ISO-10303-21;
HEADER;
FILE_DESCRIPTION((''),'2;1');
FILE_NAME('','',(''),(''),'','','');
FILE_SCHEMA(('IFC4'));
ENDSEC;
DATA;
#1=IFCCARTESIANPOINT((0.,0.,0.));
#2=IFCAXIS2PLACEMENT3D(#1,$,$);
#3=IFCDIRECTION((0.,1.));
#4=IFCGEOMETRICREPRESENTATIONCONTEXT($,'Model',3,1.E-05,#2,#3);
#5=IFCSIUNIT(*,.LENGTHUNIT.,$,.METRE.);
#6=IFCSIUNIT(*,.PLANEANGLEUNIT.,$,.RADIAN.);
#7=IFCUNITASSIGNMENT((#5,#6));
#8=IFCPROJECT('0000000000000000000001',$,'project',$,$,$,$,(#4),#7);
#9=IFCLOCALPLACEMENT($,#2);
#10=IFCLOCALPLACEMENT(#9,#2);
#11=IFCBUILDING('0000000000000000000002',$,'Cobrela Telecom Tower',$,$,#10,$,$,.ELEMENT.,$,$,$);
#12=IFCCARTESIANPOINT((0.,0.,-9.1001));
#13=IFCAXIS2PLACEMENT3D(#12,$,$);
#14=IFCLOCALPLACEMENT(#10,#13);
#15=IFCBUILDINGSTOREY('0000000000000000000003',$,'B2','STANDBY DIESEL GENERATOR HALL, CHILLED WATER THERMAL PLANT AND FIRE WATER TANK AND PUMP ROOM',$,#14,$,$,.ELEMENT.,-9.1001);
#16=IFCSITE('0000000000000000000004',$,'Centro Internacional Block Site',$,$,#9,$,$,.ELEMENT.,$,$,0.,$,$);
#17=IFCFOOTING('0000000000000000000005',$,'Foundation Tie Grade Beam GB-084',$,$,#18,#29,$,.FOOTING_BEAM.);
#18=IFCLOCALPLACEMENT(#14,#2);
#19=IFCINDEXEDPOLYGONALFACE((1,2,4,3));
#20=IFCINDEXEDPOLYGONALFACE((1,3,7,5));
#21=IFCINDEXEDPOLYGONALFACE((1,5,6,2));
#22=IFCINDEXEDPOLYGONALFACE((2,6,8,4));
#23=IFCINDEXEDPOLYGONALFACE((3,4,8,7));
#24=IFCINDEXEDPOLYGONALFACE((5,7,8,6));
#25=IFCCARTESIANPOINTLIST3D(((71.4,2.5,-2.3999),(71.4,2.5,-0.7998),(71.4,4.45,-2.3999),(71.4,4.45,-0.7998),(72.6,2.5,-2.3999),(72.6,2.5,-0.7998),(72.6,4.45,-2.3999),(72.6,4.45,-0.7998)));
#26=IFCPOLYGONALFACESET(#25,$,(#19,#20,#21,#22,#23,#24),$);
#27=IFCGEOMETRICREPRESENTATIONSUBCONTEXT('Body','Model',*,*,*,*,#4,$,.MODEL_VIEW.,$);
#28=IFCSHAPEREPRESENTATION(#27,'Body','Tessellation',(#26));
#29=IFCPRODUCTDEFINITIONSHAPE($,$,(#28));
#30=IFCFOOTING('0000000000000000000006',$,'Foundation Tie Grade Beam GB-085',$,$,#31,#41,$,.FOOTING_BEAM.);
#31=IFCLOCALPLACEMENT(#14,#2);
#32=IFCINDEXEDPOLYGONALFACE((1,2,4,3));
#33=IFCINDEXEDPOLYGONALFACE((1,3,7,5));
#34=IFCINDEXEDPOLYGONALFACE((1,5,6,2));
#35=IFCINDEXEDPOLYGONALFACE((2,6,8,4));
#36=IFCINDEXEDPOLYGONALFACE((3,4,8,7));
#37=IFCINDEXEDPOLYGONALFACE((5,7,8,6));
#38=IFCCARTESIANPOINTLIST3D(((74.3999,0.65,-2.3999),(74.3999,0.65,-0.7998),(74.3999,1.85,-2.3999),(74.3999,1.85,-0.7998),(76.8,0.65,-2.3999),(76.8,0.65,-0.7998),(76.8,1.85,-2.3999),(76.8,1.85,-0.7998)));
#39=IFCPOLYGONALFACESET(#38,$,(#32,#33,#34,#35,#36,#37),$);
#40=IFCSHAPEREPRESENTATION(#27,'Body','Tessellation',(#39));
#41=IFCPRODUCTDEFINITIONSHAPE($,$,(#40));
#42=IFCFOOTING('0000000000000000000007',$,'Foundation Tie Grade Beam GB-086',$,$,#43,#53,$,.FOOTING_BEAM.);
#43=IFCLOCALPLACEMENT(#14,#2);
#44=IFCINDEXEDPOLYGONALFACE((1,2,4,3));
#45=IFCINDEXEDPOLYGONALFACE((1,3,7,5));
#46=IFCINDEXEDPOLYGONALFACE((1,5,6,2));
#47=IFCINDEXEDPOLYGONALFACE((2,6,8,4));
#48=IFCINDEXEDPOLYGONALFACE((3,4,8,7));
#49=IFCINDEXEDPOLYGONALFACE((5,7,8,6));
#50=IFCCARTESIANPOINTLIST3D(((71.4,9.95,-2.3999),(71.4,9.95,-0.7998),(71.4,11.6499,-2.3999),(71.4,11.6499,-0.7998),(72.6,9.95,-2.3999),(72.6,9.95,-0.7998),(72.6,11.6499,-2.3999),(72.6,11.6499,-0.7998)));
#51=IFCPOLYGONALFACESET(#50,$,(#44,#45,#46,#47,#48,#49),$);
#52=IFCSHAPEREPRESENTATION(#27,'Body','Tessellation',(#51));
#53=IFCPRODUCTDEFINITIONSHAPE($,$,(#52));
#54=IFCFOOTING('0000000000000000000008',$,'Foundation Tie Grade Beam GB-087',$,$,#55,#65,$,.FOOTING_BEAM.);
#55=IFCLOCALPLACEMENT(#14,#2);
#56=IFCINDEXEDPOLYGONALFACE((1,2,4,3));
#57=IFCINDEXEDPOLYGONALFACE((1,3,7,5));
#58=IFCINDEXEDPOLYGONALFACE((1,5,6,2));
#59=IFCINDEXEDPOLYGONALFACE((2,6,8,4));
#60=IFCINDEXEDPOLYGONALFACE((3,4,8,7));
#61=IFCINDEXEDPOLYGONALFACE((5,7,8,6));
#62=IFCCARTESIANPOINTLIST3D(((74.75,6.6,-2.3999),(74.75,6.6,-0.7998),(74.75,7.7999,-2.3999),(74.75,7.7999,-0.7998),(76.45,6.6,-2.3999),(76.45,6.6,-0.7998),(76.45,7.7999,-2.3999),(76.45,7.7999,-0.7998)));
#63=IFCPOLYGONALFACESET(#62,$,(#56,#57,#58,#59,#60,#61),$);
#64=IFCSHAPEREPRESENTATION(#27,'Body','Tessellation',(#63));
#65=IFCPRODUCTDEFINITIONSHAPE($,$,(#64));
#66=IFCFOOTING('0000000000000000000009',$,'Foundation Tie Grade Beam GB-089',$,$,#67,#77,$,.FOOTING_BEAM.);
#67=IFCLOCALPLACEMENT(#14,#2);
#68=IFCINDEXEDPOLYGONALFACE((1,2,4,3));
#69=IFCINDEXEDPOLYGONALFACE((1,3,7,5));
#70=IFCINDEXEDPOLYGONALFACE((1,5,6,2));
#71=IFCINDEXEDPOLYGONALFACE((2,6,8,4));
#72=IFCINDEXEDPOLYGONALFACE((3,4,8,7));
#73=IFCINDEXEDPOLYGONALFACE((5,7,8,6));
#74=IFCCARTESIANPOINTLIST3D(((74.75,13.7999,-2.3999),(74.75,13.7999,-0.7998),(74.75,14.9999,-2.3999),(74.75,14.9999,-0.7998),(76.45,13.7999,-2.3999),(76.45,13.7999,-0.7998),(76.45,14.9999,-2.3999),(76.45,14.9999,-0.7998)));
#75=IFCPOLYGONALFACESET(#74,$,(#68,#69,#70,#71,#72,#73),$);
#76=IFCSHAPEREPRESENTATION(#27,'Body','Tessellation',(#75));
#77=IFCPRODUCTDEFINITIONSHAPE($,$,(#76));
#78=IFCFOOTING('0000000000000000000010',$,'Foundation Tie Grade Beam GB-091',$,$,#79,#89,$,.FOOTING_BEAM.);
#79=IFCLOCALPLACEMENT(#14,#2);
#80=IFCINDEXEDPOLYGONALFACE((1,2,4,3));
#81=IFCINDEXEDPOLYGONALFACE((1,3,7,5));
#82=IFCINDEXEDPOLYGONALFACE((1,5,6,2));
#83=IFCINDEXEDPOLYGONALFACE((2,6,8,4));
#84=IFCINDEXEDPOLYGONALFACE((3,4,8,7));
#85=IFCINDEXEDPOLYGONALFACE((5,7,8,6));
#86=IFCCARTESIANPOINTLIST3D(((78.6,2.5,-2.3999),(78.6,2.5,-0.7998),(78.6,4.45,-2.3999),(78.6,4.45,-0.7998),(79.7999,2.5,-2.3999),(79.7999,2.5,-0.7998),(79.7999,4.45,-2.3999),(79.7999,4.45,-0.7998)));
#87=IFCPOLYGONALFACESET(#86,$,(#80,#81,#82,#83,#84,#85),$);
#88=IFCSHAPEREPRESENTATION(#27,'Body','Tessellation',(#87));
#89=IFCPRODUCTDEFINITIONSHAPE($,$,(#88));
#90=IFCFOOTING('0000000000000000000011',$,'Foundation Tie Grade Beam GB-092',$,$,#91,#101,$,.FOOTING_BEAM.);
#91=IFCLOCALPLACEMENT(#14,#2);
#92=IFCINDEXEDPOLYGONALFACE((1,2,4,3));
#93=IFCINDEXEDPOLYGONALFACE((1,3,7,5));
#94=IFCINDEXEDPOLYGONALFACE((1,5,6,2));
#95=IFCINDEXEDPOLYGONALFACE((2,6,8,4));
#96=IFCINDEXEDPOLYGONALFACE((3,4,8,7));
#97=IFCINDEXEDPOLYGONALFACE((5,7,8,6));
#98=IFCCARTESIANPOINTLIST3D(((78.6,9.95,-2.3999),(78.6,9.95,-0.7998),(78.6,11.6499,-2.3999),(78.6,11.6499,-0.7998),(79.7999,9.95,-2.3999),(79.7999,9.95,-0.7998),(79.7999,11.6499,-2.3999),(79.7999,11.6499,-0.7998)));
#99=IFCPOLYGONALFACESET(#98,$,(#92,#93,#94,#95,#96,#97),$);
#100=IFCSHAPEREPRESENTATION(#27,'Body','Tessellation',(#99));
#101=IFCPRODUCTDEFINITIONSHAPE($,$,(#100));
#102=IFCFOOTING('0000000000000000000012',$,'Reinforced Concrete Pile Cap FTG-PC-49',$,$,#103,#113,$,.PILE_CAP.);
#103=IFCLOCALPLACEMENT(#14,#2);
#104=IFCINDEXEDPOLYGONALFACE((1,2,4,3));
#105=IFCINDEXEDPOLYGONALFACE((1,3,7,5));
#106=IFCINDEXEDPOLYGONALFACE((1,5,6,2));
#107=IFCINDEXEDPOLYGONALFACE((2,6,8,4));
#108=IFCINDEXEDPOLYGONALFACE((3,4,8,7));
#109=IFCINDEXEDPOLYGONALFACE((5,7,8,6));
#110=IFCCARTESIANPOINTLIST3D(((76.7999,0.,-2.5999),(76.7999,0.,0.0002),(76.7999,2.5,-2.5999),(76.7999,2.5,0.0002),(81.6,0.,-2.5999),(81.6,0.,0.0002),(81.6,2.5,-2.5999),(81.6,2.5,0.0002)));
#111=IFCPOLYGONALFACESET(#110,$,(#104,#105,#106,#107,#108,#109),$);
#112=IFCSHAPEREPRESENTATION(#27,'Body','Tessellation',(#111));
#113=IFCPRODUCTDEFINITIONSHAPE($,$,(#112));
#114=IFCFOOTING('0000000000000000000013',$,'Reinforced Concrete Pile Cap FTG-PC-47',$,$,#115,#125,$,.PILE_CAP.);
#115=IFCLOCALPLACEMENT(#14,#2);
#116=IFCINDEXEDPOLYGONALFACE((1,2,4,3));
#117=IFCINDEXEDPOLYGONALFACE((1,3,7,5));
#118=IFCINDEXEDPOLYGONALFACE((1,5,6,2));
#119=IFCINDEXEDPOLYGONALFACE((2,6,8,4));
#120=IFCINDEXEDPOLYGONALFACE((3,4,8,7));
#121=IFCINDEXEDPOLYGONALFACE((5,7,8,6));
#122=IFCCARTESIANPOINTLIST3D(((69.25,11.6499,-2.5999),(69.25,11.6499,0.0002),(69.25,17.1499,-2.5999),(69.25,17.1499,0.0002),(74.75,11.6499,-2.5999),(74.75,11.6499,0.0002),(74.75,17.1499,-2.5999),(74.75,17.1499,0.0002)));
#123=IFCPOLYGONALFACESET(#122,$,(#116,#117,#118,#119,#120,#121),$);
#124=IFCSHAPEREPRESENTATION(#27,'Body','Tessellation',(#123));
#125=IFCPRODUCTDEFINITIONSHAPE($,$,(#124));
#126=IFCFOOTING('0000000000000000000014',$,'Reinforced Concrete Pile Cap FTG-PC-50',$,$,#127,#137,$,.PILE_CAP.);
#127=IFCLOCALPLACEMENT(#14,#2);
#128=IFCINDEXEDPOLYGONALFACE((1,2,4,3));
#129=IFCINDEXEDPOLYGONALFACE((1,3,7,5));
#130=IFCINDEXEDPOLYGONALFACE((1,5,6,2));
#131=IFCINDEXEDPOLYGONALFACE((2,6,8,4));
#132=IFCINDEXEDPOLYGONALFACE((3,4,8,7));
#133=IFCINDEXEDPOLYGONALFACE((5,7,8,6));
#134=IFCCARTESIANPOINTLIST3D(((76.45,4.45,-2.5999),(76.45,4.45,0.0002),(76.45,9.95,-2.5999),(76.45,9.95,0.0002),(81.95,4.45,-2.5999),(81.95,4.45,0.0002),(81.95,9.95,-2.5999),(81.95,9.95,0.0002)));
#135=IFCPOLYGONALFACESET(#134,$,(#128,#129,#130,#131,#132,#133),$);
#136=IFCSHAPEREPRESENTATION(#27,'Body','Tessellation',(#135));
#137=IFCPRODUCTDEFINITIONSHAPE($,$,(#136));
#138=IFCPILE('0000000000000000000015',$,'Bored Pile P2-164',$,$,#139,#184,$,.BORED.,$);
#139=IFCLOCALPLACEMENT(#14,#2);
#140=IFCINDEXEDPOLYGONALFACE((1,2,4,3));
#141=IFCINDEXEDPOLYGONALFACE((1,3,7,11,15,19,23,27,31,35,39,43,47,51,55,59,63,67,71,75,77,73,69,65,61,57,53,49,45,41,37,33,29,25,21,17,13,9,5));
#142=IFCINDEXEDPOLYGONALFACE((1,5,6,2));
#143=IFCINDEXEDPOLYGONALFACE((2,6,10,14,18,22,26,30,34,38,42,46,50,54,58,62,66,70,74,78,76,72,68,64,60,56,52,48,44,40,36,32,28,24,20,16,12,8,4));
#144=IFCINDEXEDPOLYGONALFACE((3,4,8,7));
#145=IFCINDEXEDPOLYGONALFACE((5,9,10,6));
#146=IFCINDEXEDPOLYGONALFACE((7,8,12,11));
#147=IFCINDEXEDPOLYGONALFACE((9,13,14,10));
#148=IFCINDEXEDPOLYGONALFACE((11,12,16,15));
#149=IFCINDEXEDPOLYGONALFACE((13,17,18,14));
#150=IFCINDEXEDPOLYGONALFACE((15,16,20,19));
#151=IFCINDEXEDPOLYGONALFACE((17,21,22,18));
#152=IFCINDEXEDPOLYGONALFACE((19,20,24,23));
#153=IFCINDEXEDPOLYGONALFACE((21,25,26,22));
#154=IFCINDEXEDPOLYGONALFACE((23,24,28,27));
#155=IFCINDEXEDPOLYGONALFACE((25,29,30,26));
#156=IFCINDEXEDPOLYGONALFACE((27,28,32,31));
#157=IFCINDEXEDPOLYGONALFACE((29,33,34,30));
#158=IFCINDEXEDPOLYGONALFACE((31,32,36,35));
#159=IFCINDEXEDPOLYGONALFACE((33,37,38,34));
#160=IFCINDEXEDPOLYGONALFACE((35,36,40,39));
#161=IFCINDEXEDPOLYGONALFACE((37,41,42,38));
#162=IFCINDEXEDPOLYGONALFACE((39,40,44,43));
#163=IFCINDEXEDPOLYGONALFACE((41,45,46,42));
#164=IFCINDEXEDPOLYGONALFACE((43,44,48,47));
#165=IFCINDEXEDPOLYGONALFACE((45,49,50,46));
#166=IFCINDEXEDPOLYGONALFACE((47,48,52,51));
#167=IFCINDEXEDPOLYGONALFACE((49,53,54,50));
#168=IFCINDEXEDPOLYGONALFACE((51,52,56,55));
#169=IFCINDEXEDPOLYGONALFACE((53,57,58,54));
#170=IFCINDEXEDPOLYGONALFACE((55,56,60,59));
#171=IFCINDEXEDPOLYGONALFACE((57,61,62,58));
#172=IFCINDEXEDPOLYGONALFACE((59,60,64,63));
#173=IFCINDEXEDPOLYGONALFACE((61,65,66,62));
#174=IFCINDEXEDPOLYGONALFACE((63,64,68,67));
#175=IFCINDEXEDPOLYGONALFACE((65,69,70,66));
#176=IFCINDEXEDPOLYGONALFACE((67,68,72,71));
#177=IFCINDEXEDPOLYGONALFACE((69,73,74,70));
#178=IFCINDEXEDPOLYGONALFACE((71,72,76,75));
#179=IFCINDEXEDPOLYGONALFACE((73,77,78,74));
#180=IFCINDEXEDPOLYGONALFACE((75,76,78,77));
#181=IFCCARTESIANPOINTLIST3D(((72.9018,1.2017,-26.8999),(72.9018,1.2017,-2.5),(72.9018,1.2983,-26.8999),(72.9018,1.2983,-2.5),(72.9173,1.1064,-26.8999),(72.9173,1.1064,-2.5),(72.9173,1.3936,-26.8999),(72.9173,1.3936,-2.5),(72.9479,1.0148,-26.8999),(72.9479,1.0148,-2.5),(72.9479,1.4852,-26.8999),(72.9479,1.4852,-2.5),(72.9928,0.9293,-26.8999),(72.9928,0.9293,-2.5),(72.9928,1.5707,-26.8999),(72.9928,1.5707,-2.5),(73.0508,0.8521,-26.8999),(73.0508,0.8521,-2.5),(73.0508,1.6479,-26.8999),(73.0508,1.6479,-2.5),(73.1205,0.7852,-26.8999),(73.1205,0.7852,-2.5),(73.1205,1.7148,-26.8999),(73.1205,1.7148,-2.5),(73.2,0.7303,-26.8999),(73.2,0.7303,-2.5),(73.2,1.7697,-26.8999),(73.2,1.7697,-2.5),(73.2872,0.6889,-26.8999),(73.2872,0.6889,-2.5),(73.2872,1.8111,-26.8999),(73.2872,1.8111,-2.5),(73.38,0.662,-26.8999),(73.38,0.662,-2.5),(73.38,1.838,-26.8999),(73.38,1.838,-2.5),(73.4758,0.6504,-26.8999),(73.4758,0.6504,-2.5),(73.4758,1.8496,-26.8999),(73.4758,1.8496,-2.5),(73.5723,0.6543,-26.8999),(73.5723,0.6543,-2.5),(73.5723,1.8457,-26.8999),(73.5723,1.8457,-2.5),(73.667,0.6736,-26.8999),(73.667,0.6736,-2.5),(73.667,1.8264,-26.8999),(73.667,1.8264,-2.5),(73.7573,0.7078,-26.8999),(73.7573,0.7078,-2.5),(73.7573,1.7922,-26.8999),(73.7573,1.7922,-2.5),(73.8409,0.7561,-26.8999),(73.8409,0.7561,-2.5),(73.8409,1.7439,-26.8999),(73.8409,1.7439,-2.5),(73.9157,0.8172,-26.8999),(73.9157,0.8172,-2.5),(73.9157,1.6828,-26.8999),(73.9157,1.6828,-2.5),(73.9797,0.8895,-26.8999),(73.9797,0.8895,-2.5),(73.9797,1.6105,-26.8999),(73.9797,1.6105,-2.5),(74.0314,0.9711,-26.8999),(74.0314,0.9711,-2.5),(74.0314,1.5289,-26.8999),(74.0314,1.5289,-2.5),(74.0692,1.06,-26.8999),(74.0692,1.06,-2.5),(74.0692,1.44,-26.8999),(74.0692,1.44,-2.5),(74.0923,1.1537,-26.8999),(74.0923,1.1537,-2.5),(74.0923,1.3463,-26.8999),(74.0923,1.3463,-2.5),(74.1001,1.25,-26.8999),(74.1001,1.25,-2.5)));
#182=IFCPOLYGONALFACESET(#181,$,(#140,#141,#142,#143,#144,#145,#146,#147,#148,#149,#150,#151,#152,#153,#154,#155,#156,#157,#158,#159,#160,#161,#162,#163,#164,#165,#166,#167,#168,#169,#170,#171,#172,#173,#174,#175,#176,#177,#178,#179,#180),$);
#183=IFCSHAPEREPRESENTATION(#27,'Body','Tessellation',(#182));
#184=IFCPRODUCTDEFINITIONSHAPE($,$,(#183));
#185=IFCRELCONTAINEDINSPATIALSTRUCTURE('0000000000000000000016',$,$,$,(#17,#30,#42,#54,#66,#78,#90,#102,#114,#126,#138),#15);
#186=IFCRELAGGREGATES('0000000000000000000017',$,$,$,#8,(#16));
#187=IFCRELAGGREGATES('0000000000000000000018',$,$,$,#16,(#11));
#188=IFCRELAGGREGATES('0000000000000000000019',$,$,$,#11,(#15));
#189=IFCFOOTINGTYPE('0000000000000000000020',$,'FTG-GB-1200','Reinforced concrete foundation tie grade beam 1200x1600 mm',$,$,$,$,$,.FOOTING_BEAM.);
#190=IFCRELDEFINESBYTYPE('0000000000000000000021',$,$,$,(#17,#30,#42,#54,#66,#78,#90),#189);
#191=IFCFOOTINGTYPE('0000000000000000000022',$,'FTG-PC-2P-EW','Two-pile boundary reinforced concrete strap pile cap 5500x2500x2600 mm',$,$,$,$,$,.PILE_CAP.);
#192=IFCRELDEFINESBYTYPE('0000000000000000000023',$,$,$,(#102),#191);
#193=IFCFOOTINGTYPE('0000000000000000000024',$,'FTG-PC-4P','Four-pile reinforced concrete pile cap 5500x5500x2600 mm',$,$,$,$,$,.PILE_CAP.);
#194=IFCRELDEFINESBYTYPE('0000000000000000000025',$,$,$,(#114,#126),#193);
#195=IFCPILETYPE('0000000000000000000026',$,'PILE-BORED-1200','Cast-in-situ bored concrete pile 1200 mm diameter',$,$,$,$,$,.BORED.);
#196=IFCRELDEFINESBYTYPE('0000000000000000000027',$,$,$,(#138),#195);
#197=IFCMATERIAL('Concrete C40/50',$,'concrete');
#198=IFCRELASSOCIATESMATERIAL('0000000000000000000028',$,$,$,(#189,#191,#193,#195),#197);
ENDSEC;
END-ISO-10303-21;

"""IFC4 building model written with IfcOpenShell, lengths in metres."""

from ifc_helpers import new_model, si_unit, direction, frame, origin, origin_2d, place, context, subcontext, project, spatial, rectangle, circle, extrude, material, material_profile, profile_set, type_object, element, save


model = new_model("IFC4")

# Units and contexts
model_context = context("Model", 3, precision=1e-05, world=origin(), true_north=direction((0.0, 1.0)))
body_context = subcontext(model_context, "Body", "Model", "MODEL_VIEW")
ifc_project = project(units=[si_unit("LENGTHUNIT", "METRE"), si_unit("PLANEANGLEUNIT", "RADIAN")], contexts=[model_context])

# Site, building, storey
site_placement = place(None, origin())
site = spatial("IfcSite", under=ifc_project, at=site_placement, Name="Centro Internacional Block Site", CompositionType="ELEMENT", RefElevation=0.0)
building_placement = place(site_placement, origin())
building = spatial("IfcBuilding", under=site, at=building_placement, Name="Cobrela Telecom Tower", CompositionType="ELEMENT")
storey_placement = place(building_placement, frame((0.0, 0.0, -9.1001)))
storey = spatial("IfcBuildingStorey", under=building, at=storey_placement, Name="B2", Description="STANDBY DIESEL GENERATOR HALL, CHILLED WATER THERMAL PLANT AND FIRE WATER TANK AND PUMP ROOM", CompositionType="ELEMENT", Elevation=-9.1001)

# Footings
ifc_material_1 = material(Name="Concrete C40/50", Category="concrete")
ifc_material_profile_1 = material_profile(ifc_material_1, rectangle(XDim=1.2, YDim=1.6001, at=origin_2d()), Name="GB 1200x1600")
ifc_profile_set_1 = profile_set([ifc_material_profile_1], Name="Concrete C40/50")
footing_type_1 = type_object("IfcFootingType", Name="FTG-GB-1200", Description="Reinforced concrete foundation tie grade beam 1200x1600 mm", PredefinedType="FOOTING_BEAM", material=ifc_profile_set_1)
footing_1_placement = place(storey_placement, frame((72.0, 2.5, -1.5999), z_axis=(0.0, 1.0, 0.0), x_axis=(-1.0, 0.0, 0.0)))
element("IfcFooting", 1, at=footing_1_placement, inside=storey, type_object=footing_type_1, Name="Foundation Tie Grade Beam GB-084", PredefinedType="FOOTING_BEAM", context=body_context, shape_type="SweptSolid", body=[
    extrude(rectangle(XDim=1.2, YDim=1.6001, at=origin_2d()), origin(), (0.0, 0.0, 1.0), 1.95),
])
footing_2_placement = place(storey_placement, frame((74.3999, 1.25, -1.5999), z_axis=(1.0, 0.0, 0.0), x_axis=(0.0, 1.0, 0.0)))
element("IfcFooting", 2, at=footing_2_placement, inside=storey, type_object=footing_type_1, Name="Foundation Tie Grade Beam GB-085", PredefinedType="FOOTING_BEAM", context=body_context, shape_type="SweptSolid", body=[
    extrude(rectangle(XDim=1.2, YDim=1.6001, at=origin_2d()), origin(), (0.0, 0.0, 1.0), 2.4001),
])
for number, where, z_axis, x_axis, name in (
    (3, (72.0, 9.95, -1.5999), (0.0, 1.0, 0.0), (-1.0, 0.0, 0.0), "Foundation Tie Grade Beam GB-086"),
    (4, (74.75, 7.2, -1.5999), (1.0, 0.0, 0.0), (0.0, 1.0, 0.0), "Foundation Tie Grade Beam GB-087"),
    (5, (74.75, 14.3999, -1.5999), (1.0, 0.0, 0.0), (0.0, 1.0, 0.0), "Foundation Tie Grade Beam GB-089"),
):
    element("IfcFooting", number, at=place(storey_placement, frame(where, z_axis=z_axis, x_axis=x_axis)), inside=storey, type_object=footing_type_1, Name=name, PredefinedType="FOOTING_BEAM", context=body_context, shape_type="SweptSolid", body=[
        extrude(rectangle(XDim=1.2, YDim=1.6001, at=origin_2d()), origin(), (0.0, 0.0, 1.0), 1.7),
    ])
footing_3_placement = place(storey_placement, frame((79.2, 2.5, -1.5999), z_axis=(0.0, 1.0, 0.0), x_axis=(-1.0, 0.0, 0.0)))
element("IfcFooting", 6, at=footing_3_placement, inside=storey, type_object=footing_type_1, Name="Foundation Tie Grade Beam GB-091", PredefinedType="FOOTING_BEAM", context=body_context, shape_type="SweptSolid", body=[
    extrude(rectangle(XDim=1.2, YDim=1.6001, at=origin_2d()), origin(), (0.0, 0.0, 1.0), 1.95),
])
footing_4_placement = place(storey_placement, frame((79.2, 9.95, -1.5999), z_axis=(0.0, 1.0, 0.0), x_axis=(-1.0, 0.0, 0.0)))
element("IfcFooting", 7, at=footing_4_placement, inside=storey, type_object=footing_type_1, Name="Foundation Tie Grade Beam GB-092", PredefinedType="FOOTING_BEAM", context=body_context, shape_type="SweptSolid", body=[
    extrude(rectangle(XDim=1.2, YDim=1.6001, at=origin_2d()), origin(), (0.0, 0.0, 1.0), 1.7),
])
footing_type_2 = type_object("IfcFootingType", Name="FTG-PC-2P-EW", Description="Two-pile boundary reinforced concrete strap pile cap 5500x2500x2600 mm", PredefinedType="PILE_CAP", material=ifc_material_1)
footing_5_placement = place(storey_placement, frame((79.2, 1.25, -2.5999), z_axis=(0.0, 0.0, 1.0), x_axis=(1.0, 0.0, 0.0)))
element("IfcFooting", 8, at=footing_5_placement, inside=storey, type_object=footing_type_2, Name="Reinforced Concrete Pile Cap FTG-PC-49", PredefinedType="PILE_CAP", context=body_context, shape_type="SweptSolid", body=[
    extrude(rectangle(XDim=4.8, YDim=2.5, at=origin_2d()), origin(), (0.0, 0.0, 1.0), 2.6001),
])
footing_type_3 = type_object("IfcFootingType", Name="FTG-PC-4P", Description="Four-pile reinforced concrete pile cap 5500x5500x2600 mm", PredefinedType="PILE_CAP", material=ifc_material_1)
for number, where, z_axis, x_axis, name in (
    (9, (72.0, 14.3999, -2.5999), (0.0, 0.0, 1.0), (1.0, 0.0, 0.0), "Reinforced Concrete Pile Cap FTG-PC-47"),
    (10, (79.2, 7.2, -2.5999), (0.0, 0.0, 1.0), (1.0, 0.0, 0.0), "Reinforced Concrete Pile Cap FTG-PC-50"),
):
    element("IfcFooting", number, at=place(storey_placement, frame(where, z_axis=z_axis, x_axis=x_axis)), inside=storey, type_object=footing_type_3, Name=name, PredefinedType="PILE_CAP", context=body_context, shape_type="SweptSolid", body=[
        extrude(rectangle(XDim=5.5, YDim=5.5, at=origin_2d()), origin(), (0.0, 0.0, 1.0), 2.6001),
    ])

# Pile
ifc_material_profile_2 = material_profile(ifc_material_1, circle(Radius=0.6001, at=origin_2d()), Name="BORED PILE D1200")
ifc_profile_set_2 = profile_set([ifc_material_profile_2], Name="Concrete C40/50")
pile_type = type_object("IfcPileType", Name="PILE-BORED-1200", Description="Cast-in-situ bored concrete pile 1200 mm diameter", PredefinedType="BORED", material=ifc_profile_set_2)
for number, where, z_axis, x_axis, name in (
    (11, (73.5, 1.25, -2.5), (0.0, 0.0, -1.0), (1.0, 0.0, 0.0), "Bored Pile P2-164"),
):
    element("IfcPile", number, at=place(storey_placement, frame(where, z_axis=z_axis, x_axis=x_axis)), inside=storey, type_object=pile_type, Name=name, PredefinedType="BORED", context=body_context, shape_type="SweptSolid", body=[
        extrude(circle(Radius=0.6001, at=origin_2d()), origin(), (0.0, 0.0, 1.0), 24.3999),
    ])

save(model, "model.ifc")
